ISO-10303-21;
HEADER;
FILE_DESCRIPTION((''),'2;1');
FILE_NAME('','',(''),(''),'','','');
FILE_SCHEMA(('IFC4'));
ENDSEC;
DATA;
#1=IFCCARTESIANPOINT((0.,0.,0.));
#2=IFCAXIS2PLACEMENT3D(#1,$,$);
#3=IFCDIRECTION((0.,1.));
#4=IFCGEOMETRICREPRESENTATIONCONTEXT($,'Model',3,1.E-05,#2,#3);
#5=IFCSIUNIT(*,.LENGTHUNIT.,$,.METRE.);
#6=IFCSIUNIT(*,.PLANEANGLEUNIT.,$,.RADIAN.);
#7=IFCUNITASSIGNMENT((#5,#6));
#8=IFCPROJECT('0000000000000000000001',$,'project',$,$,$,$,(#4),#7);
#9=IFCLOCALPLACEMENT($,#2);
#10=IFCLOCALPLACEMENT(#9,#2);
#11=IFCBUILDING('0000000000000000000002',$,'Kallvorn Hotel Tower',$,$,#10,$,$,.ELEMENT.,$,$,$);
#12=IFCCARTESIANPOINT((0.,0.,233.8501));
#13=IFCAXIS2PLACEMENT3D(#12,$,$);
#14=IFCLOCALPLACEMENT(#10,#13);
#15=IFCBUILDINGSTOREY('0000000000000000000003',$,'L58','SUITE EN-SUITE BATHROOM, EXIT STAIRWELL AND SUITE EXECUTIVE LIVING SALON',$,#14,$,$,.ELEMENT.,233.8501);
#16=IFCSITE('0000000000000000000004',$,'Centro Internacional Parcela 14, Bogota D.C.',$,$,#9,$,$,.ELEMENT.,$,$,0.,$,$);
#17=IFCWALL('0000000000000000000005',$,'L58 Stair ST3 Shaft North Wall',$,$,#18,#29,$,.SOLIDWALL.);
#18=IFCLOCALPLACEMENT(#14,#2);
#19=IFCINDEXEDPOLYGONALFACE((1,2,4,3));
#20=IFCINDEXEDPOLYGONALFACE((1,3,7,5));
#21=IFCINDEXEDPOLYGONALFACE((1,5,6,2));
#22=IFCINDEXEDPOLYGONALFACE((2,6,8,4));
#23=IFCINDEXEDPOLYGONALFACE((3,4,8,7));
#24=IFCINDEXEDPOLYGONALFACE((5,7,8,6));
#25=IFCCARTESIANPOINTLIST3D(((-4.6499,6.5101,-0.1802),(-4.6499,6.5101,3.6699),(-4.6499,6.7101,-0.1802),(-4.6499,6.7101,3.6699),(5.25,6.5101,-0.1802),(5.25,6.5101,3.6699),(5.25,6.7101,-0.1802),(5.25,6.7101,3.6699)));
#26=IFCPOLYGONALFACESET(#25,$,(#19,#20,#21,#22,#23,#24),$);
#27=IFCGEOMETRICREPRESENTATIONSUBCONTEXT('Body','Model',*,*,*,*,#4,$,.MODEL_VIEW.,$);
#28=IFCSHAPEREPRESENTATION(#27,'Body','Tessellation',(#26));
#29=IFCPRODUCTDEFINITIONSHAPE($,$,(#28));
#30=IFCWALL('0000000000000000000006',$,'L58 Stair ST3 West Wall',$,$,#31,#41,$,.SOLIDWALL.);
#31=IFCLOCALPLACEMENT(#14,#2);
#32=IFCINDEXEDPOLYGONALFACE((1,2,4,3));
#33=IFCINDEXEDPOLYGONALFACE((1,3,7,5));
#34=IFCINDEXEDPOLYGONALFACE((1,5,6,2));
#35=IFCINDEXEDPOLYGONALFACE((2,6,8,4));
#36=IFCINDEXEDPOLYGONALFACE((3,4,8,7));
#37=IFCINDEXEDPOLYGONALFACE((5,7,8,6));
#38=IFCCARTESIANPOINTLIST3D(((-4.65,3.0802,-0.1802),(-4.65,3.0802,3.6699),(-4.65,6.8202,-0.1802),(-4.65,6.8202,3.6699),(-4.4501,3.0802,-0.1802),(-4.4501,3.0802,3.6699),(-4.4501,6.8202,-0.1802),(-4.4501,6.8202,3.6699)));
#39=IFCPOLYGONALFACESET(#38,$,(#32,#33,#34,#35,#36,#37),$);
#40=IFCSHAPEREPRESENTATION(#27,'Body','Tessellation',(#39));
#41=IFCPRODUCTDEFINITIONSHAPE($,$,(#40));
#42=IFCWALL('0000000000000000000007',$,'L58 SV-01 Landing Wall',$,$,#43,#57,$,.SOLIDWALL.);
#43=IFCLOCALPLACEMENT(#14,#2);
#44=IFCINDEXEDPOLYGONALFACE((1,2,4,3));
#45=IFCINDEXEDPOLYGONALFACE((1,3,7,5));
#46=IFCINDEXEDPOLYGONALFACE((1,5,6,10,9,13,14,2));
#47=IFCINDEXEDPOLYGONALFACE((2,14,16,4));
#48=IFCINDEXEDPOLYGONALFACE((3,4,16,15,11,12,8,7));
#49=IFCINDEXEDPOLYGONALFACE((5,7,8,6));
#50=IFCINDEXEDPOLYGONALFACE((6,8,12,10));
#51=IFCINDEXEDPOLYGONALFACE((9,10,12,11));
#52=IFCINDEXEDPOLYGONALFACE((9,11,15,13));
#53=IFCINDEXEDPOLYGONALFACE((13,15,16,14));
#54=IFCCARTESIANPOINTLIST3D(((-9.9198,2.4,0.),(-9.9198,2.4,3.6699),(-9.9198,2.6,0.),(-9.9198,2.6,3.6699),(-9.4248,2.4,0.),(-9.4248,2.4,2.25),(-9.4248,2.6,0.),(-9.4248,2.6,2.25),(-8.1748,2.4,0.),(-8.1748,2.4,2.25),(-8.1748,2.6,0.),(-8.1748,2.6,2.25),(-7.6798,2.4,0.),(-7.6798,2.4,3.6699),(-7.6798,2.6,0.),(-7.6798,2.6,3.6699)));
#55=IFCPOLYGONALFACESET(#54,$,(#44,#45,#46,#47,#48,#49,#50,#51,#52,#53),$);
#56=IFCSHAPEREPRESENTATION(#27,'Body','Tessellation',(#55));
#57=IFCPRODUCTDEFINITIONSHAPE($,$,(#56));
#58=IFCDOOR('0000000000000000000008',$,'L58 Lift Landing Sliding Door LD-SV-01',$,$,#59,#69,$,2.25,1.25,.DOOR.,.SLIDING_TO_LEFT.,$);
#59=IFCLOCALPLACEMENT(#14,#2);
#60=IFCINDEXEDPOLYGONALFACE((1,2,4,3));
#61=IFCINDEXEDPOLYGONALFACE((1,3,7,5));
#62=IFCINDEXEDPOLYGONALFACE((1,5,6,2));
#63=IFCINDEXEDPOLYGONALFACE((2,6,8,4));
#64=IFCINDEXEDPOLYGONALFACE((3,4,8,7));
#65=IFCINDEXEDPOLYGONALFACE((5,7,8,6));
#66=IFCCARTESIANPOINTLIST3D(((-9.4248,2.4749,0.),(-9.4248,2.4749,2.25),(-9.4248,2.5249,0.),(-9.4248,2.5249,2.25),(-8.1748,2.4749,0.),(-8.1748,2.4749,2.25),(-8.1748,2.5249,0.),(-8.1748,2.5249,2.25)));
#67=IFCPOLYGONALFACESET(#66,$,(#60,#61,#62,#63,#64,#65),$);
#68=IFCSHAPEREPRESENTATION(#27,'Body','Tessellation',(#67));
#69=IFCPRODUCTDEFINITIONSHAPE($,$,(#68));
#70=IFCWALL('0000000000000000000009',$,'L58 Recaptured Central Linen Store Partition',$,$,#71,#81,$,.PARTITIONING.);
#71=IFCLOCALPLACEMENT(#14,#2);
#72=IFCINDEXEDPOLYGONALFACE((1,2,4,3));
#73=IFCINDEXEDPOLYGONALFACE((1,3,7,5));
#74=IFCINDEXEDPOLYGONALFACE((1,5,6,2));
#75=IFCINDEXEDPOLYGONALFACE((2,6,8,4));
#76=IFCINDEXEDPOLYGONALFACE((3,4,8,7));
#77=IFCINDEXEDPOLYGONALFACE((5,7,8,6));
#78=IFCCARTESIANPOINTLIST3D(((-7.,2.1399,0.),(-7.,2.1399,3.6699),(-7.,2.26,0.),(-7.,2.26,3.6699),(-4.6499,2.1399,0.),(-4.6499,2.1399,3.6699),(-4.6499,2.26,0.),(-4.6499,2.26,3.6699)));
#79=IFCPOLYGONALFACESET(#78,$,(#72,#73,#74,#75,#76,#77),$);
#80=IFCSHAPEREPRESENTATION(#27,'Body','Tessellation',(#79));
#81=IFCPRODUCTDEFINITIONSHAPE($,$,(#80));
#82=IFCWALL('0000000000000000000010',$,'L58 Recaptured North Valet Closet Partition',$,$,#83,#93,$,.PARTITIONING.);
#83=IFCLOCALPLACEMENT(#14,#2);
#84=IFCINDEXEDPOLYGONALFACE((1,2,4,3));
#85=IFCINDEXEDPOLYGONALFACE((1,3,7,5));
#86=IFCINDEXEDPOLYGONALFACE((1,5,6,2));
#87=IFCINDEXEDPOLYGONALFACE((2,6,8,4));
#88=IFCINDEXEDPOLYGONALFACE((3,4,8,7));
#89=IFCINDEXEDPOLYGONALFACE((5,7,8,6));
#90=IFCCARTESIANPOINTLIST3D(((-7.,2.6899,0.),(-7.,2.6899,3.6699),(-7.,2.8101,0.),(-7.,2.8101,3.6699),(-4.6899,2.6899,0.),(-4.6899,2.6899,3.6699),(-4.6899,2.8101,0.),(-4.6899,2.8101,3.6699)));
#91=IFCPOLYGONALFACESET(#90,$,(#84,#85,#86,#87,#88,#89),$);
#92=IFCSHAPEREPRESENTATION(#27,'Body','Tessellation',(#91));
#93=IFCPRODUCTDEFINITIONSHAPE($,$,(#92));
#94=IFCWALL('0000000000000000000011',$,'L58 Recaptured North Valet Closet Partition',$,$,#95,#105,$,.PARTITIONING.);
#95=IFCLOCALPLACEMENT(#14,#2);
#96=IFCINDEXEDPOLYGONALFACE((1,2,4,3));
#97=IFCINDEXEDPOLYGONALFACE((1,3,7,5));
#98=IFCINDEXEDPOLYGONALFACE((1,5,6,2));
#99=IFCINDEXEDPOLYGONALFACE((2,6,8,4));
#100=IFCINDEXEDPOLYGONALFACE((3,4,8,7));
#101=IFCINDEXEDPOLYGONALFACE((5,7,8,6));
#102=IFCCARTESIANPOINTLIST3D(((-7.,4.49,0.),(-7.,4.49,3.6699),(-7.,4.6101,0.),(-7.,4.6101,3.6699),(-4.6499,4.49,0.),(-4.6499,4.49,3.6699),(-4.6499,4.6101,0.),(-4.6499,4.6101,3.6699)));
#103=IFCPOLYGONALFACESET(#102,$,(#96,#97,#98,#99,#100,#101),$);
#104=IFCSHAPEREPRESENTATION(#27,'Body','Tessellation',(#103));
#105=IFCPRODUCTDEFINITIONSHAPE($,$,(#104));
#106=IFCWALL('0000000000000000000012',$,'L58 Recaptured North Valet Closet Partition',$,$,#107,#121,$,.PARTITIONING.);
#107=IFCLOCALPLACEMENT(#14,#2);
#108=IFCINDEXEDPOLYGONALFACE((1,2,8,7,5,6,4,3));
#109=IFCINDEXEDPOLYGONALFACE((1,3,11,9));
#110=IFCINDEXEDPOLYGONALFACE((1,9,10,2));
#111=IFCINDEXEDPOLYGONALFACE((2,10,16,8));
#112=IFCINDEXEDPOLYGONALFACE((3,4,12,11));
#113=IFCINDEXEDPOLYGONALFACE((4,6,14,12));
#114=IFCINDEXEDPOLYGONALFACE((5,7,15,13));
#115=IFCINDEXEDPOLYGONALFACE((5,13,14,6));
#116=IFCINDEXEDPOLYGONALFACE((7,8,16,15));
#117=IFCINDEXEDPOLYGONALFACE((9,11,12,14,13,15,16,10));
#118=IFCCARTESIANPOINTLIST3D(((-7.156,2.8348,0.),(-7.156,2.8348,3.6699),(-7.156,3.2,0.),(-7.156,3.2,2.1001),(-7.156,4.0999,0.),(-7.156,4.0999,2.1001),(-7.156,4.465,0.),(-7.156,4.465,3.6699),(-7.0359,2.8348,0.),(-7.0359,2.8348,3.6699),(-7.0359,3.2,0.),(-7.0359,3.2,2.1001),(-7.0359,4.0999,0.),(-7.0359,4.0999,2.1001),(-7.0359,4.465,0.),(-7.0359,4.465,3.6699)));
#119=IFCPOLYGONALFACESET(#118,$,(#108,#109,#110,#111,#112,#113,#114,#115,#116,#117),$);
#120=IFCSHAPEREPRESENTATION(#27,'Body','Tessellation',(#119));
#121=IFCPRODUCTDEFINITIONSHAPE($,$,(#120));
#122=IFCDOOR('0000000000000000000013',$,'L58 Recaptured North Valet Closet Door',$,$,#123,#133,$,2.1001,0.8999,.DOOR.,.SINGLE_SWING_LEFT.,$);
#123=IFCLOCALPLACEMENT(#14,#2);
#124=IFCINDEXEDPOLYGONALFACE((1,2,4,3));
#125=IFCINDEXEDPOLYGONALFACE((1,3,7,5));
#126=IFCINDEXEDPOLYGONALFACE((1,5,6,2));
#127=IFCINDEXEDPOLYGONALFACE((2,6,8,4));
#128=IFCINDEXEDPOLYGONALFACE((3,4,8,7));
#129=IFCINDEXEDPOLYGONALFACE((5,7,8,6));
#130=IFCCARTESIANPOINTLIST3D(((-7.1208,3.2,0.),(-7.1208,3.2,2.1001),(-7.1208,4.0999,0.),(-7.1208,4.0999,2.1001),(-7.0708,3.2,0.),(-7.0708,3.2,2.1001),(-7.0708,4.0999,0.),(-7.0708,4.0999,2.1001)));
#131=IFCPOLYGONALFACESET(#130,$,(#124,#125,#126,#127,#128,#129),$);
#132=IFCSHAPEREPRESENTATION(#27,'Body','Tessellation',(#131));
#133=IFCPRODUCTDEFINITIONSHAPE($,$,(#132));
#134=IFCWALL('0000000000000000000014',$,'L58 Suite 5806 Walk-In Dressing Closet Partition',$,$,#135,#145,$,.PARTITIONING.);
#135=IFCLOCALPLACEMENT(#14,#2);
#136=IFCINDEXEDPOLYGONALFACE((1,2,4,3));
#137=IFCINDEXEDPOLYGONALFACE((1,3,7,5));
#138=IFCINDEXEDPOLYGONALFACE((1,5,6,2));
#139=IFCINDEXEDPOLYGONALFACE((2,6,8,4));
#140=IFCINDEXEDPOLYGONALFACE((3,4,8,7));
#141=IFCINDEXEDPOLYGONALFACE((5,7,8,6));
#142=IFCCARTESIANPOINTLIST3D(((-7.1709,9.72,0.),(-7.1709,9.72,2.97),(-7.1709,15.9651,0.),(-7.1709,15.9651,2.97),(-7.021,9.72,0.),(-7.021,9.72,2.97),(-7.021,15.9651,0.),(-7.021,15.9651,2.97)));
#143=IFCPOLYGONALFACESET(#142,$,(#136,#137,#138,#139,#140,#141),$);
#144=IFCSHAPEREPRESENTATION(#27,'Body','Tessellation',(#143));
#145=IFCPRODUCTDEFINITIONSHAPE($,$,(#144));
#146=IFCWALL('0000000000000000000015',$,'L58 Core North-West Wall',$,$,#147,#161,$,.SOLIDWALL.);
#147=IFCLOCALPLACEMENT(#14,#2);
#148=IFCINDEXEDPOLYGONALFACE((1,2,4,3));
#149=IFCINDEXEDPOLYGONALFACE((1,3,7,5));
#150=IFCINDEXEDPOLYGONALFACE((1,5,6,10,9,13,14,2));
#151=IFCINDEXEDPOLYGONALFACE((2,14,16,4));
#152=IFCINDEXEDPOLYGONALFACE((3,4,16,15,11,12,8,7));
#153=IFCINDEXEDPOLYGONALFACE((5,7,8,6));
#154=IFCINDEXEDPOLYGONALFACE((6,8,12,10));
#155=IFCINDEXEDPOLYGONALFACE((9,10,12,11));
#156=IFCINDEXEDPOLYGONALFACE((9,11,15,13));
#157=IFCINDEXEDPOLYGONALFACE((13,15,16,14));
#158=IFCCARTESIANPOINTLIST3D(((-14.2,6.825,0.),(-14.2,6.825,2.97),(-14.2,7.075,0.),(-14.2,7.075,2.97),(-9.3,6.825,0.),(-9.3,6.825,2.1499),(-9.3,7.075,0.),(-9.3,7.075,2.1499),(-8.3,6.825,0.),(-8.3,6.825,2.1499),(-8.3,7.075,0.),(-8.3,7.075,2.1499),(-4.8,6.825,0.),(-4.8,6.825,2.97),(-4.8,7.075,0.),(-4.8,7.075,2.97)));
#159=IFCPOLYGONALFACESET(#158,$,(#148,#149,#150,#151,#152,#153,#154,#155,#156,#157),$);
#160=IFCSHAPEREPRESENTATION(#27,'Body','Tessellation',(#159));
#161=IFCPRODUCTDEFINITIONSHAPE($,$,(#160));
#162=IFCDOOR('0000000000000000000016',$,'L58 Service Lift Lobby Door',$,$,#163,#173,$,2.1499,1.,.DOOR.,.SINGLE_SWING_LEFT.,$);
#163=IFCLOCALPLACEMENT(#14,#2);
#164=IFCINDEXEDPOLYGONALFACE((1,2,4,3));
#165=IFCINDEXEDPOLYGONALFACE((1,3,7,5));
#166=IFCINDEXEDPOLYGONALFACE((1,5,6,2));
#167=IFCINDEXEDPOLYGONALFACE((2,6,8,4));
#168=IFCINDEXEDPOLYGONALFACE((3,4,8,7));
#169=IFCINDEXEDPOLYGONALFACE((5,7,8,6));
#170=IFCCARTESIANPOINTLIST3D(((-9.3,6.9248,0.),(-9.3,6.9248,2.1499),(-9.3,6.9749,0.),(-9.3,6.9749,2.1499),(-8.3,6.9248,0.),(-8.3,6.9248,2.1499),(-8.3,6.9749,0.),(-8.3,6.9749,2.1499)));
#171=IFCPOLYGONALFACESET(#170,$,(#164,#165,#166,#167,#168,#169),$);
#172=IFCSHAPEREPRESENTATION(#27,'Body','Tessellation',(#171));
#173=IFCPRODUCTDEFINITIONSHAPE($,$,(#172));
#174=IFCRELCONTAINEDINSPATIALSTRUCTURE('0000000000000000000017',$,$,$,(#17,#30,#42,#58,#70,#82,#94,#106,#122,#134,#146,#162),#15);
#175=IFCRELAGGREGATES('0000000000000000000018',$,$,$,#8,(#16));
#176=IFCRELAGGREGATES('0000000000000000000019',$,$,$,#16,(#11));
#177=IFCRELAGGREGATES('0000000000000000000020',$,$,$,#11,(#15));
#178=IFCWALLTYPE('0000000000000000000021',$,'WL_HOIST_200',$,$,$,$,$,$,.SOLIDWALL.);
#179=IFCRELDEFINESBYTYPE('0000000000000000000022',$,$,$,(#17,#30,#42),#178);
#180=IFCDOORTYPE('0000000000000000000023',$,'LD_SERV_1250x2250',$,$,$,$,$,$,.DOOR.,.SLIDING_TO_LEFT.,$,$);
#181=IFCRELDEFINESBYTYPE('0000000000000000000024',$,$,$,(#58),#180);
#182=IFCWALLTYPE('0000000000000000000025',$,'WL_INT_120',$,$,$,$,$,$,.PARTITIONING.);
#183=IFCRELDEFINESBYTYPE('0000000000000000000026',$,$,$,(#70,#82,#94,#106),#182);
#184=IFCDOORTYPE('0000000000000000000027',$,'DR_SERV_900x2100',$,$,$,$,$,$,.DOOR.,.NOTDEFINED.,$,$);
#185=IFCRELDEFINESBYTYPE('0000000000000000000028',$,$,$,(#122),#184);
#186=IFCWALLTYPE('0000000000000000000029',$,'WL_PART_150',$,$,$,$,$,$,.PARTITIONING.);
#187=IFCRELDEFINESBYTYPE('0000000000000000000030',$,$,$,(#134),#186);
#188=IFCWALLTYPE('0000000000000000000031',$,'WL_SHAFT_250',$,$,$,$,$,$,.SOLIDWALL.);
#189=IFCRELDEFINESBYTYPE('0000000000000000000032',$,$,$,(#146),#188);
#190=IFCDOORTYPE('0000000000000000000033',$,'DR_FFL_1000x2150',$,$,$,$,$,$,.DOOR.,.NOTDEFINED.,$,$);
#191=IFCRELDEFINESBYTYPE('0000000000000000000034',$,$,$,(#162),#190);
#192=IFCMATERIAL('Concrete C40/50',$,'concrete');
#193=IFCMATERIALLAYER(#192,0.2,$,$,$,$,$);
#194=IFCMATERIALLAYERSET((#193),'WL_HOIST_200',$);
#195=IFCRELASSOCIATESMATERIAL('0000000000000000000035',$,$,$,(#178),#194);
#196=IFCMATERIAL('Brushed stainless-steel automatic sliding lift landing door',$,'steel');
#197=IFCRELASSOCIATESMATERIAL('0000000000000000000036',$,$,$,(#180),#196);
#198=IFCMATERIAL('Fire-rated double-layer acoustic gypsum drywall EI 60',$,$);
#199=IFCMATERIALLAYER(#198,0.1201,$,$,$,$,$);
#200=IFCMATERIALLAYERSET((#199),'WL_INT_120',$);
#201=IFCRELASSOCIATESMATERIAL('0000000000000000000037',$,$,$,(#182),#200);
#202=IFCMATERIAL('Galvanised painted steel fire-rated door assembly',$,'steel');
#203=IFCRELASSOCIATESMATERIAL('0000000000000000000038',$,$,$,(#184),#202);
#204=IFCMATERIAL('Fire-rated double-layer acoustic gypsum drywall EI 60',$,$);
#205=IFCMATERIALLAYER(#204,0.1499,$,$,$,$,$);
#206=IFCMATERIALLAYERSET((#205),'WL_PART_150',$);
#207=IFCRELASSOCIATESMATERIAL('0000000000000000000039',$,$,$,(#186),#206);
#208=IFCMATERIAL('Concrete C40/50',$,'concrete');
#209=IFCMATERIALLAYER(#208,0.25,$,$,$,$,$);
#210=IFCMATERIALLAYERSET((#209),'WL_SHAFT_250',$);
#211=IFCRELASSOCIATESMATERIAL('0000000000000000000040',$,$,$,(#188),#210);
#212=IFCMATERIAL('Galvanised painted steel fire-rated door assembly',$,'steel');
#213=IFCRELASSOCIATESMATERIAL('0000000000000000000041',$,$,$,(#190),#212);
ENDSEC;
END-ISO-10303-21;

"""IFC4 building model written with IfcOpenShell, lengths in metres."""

from ifc_helpers import new_model, si_unit, direction, frame, frame_2d, origin, place, context, subcontext, project, spatial, rectangle, extrude, material, layer, layer_set, type_object, element, fill, save


model = new_model("IFC4")

# Units and contexts
model_context = context("Model", 3, precision=1e-05, world=origin(), true_north=direction((0.0, 1.0)))
body_context = subcontext(model_context, "Body", "Model", "MODEL_VIEW")
ifc_project = project(units=[si_unit("LENGTHUNIT", "METRE"), si_unit("PLANEANGLEUNIT", "RADIAN")], contexts=[model_context])

# Site, building, storey
site_placement = place(None, origin())
site = spatial("IfcSite", under=ifc_project, at=site_placement, Name="Centro Internacional Parcela 14, Bogota D.C.", CompositionType="ELEMENT", RefElevation=0.0)
building_placement = place(site_placement, origin())
building = spatial("IfcBuilding", under=site, at=building_placement, Name="Kallvorn Hotel Tower", CompositionType="ELEMENT")
storey_placement = place(building_placement, frame((0.0, 0.0, 233.8501)))
storey = spatial("IfcBuildingStorey", under=building, at=storey_placement, Name="L58", Description="SUITE EN-SUITE BATHROOM, EXIT STAIRWELL AND SUITE EXECUTIVE LIVING SALON", CompositionType="ELEMENT", Elevation=233.8501)

# Walls
ifc_material_1 = material(Name="Concrete C40/50", Category="concrete")
ifc_layer_1 = layer(ifc_material_1, 0.2)
ifc_layer_set_1 = layer_set([ifc_layer_1], Name="WL_HOIST_200")
wall_type_1 = type_object("IfcWallType", Name="WL_HOIST_200", PredefinedType="SOLIDWALL", material=ifc_layer_set_1)
wall_1_placement = place(storey_placement, frame((-4.6499, 6.6101, -0.1802), z_axis=(0.0, 0.0, 1.0), x_axis=(1.0, 0.0, 0.0)))
element("IfcWall", 1, at=wall_1_placement, inside=storey, type_object=wall_type_1, Name="L58 Stair ST3 Shaft North Wall", PredefinedType="SOLIDWALL", context=body_context, shape_type="SweptSolid", body=[
    extrude(rectangle(XDim=9.8999, YDim=0.2, at=frame_2d((4.95, 0.0))), origin(), (0.0, 0.0, 1.0), 3.8501),
])
wall_2_placement = place(storey_placement, frame((-4.55, 3.0801, -0.1802), z_axis=(0.0, 0.0, 1.0), x_axis=(0.0, 1.0, 0.0)))
element("IfcWall", 2, at=wall_2_placement, inside=storey, type_object=wall_type_1, Name="L58 Stair ST3 West Wall", PredefinedType="SOLIDWALL", context=body_context, shape_type="SweptSolid", body=[
    extrude(rectangle(XDim=3.74, YDim=0.2, at=frame_2d((1.8701, 0.0))), origin(), (0.0, 0.0, 1.0), 3.8501),
])

# Wall, opening, door
wall_3_placement = place(storey_placement, frame((-9.9199, 2.5, 0.0), z_axis=(0.0, 0.0, 1.0), x_axis=(1.0, 0.0, 0.0)))
wall_3 = element("IfcWall", 3, at=wall_3_placement, inside=storey, type_object=wall_type_1, Name="L58 SV-01 Landing Wall", PredefinedType="SOLIDWALL", context=body_context, shape_type="SweptSolid", body=[
    extrude(rectangle(XDim=2.24, YDim=0.2, at=frame_2d((1.1201, 0.0))), origin(), (0.0, 0.0, 1.0), 3.6699),
])
opening_1_placement = place(wall_3_placement, frame((0.4951, 0.0, 0.0)))
opening_1 = element("IfcOpeningElement", 4, at=opening_1_placement, cuts=wall_3, PredefinedType="OPENING", context=body_context, shape_type="SweptSolid", body=[
    extrude(rectangle(XDim=1.25, YDim=2.25, at=frame_2d((0.625, 1.125))), frame((0.0, 0.115, 0.0), z_axis=(0.0, -1.0, 0.0), x_axis=(1.0, 0.0, 0.0)), (0.0, 0.0, 1.0), 0.23),
])
ifc_material_2 = material(Name="Brushed stainless-steel automatic sliding lift landing door", Category="steel")
door_type_1 = type_object("IfcDoorType", Name="LD_SERV_1250x2250", OperationType="SLIDING_TO_LEFT", PredefinedType="DOOR", material=ifc_material_2)
door_1_placement = place(opening_1_placement, origin())
door_1 = element("IfcDoor", 5, at=door_1_placement, inside=storey, type_object=door_type_1, Name="L58 Lift Landing Sliding Door LD-SV-01", OperationType="SLIDING_TO_LEFT", OverallHeight=2.25, OverallWidth=1.25, PredefinedType="DOOR", context=body_context, shape_type="SweptSolid", body=[
    extrude(rectangle(XDim=1.25, YDim=2.25, at=frame_2d((0.625, 1.125))), frame((0.0, 0.0249, 0.0), z_axis=(0.0, -1.0, 0.0), x_axis=(1.0, 0.0, 0.0)), (0.0, 0.0, 1.0), 0.05),
])
fill(opening_1, door_1)

# Walls
ifc_material_3 = material(Name="Fire-rated double-layer acoustic gypsum drywall EI 60")
ifc_layer_2 = layer(ifc_material_3, 0.1201)
ifc_layer_set_2 = layer_set([ifc_layer_2], Name="WL_INT_120")
wall_type_2 = type_object("IfcWallType", Name="WL_INT_120", PredefinedType="PARTITIONING", material=ifc_layer_set_2)
wall_4_placement = place(storey_placement, frame((-7.0, 2.2, 0.0), z_axis=(0.0, 0.0, 1.0), x_axis=(1.0, 0.0, 0.0)))
element("IfcWall", 6, at=wall_4_placement, inside=storey, type_object=wall_type_2, Name="L58 Recaptured Central Linen Store Partition", PredefinedType="PARTITIONING", context=body_context, shape_type="SweptSolid", body=[
    extrude(rectangle(XDim=2.3501, YDim=0.1201, at=frame_2d((1.175, 0.0))), origin(), (0.0, 0.0, 1.0), 3.6699),
])
wall_5_placement = place(storey_placement, frame((-7.0, 2.75, 0.0), z_axis=(0.0, 0.0, 1.0), x_axis=(1.0, 0.0, 0.0)))
element("IfcWall", 7, at=wall_5_placement, inside=storey, type_object=wall_type_2, Name="L58 Recaptured North Valet Closet Partition", PredefinedType="PARTITIONING", context=body_context, shape_type="SweptSolid", body=[
    extrude(rectangle(XDim=2.3101, YDim=0.1201, at=frame_2d((1.155, 0.0))), origin(), (0.0, 0.0, 1.0), 3.6699),
])
wall_6_placement = place(storey_placement, frame((-7.0, 4.55, 0.0), z_axis=(0.0, 0.0, 1.0), x_axis=(1.0, 0.0, 0.0)))
element("IfcWall", 8, at=wall_6_placement, inside=storey, type_object=wall_type_2, Name="L58 Recaptured North Valet Closet Partition", PredefinedType="PARTITIONING", context=body_context, shape_type="SweptSolid", body=[
    extrude(rectangle(XDim=2.3501, YDim=0.1201, at=frame_2d((1.175, 0.0))), origin(), (0.0, 0.0, 1.0), 3.6699),
])

# Wall, opening, door
wall_7_placement = place(storey_placement, frame((-7.0959, 2.835, 0.0), z_axis=(0.0, 0.0, 1.0), x_axis=(0.0, 1.0, 0.0)))
wall_7 = element("IfcWall", 9, at=wall_7_placement, inside=storey, type_object=wall_type_2, Name="L58 Recaptured North Valet Closet Partition", PredefinedType="PARTITIONING", context=body_context, shape_type="SweptSolid", body=[
    extrude(rectangle(XDim=1.6301, YDim=0.1201, at=frame_2d((0.8149, 0.0))), origin(), (0.0, 0.0, 1.0), 3.6699),
])
opening_2_placement = place(wall_7_placement, frame((0.365, 0.0, 0.0)))
opening_2 = element("IfcOpeningElement", 10, at=opening_2_placement, cuts=wall_7, PredefinedType="OPENING", context=body_context, shape_type="SweptSolid", body=[
    extrude(rectangle(XDim=0.8999, YDim=2.1001, at=frame_2d((0.45, 1.05))), frame((0.0, 0.075, 0.0), z_axis=(0.0, -1.0, 0.0), x_axis=(1.0, 0.0, 0.0)), (0.0, 0.0, 1.0), 0.1501),
])
ifc_material_4 = material(Name="Galvanised painted steel fire-rated door assembly", Category="steel")
door_type_2 = type_object("IfcDoorType", Name="DR_SERV_900x2100", OperationType="NOTDEFINED", PredefinedType="DOOR", material=ifc_material_4)
door_2_placement = place(opening_2_placement, origin())
door_2 = element("IfcDoor", 11, at=door_2_placement, inside=storey, type_object=door_type_2, Name="L58 Recaptured North Valet Closet Door", OperationType="SINGLE_SWING_LEFT", OverallHeight=2.1001, OverallWidth=0.8999, PredefinedType="DOOR", context=body_context, shape_type="SweptSolid", body=[
    extrude(rectangle(XDim=0.8999, YDim=2.1001, at=frame_2d((0.45, 1.05))), frame((0.0, 0.0249, 0.0), z_axis=(0.0, -1.0, 0.0), x_axis=(1.0, 0.0, 0.0)), (0.0, 0.0, 1.0), 0.05),
])
fill(opening_2, door_2)

# Wall
ifc_material_5 = material(Name="Fire-rated double-layer acoustic gypsum drywall EI 60")
ifc_layer_3 = layer(ifc_material_5, 0.1499)
ifc_layer_set_3 = layer_set([ifc_layer_3], Name="WL_PART_150")
wall_type_3 = type_object("IfcWallType", Name="WL_PART_150", PredefinedType="PARTITIONING", material=ifc_layer_set_3)
wall_8_placement = place(storey_placement, frame((-7.0959, 9.72, 0.0), z_axis=(0.0, 0.0, 1.0), x_axis=(0.0, 1.0, 0.0)))
element("IfcWall", 12, at=wall_8_placement, inside=storey, type_object=wall_type_3, Name="L58 Suite 5806 Walk-In Dressing Closet Partition", PredefinedType="PARTITIONING", context=body_context, shape_type="SweptSolid", body=[
    extrude(rectangle(XDim=6.2451, YDim=0.1499, at=frame_2d((3.1226, 0.0))), origin(), (0.0, 0.0, 1.0), 2.97),
])

# Wall, opening, door
ifc_material_6 = material(Name="Concrete C40/50", Category="concrete")
ifc_layer_4 = layer(ifc_material_6, 0.25)
ifc_layer_set_4 = layer_set([ifc_layer_4], Name="WL_SHAFT_250")
wall_type_4 = type_object("IfcWallType", Name="WL_SHAFT_250", PredefinedType="SOLIDWALL", material=ifc_layer_set_4)
wall_9_placement = place(storey_placement, frame((-14.2, 6.95, 0.0), z_axis=(0.0, 0.0, 1.0), x_axis=(1.0, 0.0, 0.0)))
wall_9 = element("IfcWall", 13, at=wall_9_placement, inside=storey, type_object=wall_type_4, Name="L58 Core North-West Wall", PredefinedType="SOLIDWALL", context=body_context, shape_type="SweptSolid", body=[
    extrude(rectangle(XDim=9.3999, YDim=0.25, at=frame_2d((4.7, 0.0))), origin(), (0.0, 0.0, 1.0), 2.97),
])
opening_3_placement = place(wall_9_placement, frame((4.8999, 0.0, 0.0)))
opening_3 = element("IfcOpeningElement", 14, at=opening_3_placement, cuts=wall_9, PredefinedType="OPENING", context=body_context, shape_type="SweptSolid", body=[
    extrude(rectangle(XDim=1.0, YDim=2.1499, at=frame_2d((0.5, 1.075))), frame((0.0, 0.1399, 0.0), z_axis=(0.0, -1.0, 0.0), x_axis=(1.0, 0.0, 0.0)), (0.0, 0.0, 1.0), 0.28),
])
ifc_material_7 = material(Name="Galvanised painted steel fire-rated door assembly", Category="steel")
door_type_3 = type_object("IfcDoorType", Name="DR_FFL_1000x2150", OperationType="NOTDEFINED", PredefinedType="DOOR", material=ifc_material_7)
door_3_placement = place(opening_3_placement, origin())
door_3 = element("IfcDoor", 15, at=door_3_placement, inside=storey, type_object=door_type_3, Name="L58 Service Lift Lobby Door", OperationType="SINGLE_SWING_LEFT", OverallHeight=2.1499, OverallWidth=1.0, PredefinedType="DOOR", context=body_context, shape_type="SweptSolid", body=[
    extrude(rectangle(XDim=1.0, YDim=2.1499, at=frame_2d((0.5, 1.075))), frame((0.0, 0.0249, 0.0), z_axis=(0.0, -1.0, 0.0), x_axis=(1.0, 0.0, 0.0)), (0.0, 0.0, 1.0), 0.05),
])
fill(opening_3, door_3)

save(model, "model.ifc")
